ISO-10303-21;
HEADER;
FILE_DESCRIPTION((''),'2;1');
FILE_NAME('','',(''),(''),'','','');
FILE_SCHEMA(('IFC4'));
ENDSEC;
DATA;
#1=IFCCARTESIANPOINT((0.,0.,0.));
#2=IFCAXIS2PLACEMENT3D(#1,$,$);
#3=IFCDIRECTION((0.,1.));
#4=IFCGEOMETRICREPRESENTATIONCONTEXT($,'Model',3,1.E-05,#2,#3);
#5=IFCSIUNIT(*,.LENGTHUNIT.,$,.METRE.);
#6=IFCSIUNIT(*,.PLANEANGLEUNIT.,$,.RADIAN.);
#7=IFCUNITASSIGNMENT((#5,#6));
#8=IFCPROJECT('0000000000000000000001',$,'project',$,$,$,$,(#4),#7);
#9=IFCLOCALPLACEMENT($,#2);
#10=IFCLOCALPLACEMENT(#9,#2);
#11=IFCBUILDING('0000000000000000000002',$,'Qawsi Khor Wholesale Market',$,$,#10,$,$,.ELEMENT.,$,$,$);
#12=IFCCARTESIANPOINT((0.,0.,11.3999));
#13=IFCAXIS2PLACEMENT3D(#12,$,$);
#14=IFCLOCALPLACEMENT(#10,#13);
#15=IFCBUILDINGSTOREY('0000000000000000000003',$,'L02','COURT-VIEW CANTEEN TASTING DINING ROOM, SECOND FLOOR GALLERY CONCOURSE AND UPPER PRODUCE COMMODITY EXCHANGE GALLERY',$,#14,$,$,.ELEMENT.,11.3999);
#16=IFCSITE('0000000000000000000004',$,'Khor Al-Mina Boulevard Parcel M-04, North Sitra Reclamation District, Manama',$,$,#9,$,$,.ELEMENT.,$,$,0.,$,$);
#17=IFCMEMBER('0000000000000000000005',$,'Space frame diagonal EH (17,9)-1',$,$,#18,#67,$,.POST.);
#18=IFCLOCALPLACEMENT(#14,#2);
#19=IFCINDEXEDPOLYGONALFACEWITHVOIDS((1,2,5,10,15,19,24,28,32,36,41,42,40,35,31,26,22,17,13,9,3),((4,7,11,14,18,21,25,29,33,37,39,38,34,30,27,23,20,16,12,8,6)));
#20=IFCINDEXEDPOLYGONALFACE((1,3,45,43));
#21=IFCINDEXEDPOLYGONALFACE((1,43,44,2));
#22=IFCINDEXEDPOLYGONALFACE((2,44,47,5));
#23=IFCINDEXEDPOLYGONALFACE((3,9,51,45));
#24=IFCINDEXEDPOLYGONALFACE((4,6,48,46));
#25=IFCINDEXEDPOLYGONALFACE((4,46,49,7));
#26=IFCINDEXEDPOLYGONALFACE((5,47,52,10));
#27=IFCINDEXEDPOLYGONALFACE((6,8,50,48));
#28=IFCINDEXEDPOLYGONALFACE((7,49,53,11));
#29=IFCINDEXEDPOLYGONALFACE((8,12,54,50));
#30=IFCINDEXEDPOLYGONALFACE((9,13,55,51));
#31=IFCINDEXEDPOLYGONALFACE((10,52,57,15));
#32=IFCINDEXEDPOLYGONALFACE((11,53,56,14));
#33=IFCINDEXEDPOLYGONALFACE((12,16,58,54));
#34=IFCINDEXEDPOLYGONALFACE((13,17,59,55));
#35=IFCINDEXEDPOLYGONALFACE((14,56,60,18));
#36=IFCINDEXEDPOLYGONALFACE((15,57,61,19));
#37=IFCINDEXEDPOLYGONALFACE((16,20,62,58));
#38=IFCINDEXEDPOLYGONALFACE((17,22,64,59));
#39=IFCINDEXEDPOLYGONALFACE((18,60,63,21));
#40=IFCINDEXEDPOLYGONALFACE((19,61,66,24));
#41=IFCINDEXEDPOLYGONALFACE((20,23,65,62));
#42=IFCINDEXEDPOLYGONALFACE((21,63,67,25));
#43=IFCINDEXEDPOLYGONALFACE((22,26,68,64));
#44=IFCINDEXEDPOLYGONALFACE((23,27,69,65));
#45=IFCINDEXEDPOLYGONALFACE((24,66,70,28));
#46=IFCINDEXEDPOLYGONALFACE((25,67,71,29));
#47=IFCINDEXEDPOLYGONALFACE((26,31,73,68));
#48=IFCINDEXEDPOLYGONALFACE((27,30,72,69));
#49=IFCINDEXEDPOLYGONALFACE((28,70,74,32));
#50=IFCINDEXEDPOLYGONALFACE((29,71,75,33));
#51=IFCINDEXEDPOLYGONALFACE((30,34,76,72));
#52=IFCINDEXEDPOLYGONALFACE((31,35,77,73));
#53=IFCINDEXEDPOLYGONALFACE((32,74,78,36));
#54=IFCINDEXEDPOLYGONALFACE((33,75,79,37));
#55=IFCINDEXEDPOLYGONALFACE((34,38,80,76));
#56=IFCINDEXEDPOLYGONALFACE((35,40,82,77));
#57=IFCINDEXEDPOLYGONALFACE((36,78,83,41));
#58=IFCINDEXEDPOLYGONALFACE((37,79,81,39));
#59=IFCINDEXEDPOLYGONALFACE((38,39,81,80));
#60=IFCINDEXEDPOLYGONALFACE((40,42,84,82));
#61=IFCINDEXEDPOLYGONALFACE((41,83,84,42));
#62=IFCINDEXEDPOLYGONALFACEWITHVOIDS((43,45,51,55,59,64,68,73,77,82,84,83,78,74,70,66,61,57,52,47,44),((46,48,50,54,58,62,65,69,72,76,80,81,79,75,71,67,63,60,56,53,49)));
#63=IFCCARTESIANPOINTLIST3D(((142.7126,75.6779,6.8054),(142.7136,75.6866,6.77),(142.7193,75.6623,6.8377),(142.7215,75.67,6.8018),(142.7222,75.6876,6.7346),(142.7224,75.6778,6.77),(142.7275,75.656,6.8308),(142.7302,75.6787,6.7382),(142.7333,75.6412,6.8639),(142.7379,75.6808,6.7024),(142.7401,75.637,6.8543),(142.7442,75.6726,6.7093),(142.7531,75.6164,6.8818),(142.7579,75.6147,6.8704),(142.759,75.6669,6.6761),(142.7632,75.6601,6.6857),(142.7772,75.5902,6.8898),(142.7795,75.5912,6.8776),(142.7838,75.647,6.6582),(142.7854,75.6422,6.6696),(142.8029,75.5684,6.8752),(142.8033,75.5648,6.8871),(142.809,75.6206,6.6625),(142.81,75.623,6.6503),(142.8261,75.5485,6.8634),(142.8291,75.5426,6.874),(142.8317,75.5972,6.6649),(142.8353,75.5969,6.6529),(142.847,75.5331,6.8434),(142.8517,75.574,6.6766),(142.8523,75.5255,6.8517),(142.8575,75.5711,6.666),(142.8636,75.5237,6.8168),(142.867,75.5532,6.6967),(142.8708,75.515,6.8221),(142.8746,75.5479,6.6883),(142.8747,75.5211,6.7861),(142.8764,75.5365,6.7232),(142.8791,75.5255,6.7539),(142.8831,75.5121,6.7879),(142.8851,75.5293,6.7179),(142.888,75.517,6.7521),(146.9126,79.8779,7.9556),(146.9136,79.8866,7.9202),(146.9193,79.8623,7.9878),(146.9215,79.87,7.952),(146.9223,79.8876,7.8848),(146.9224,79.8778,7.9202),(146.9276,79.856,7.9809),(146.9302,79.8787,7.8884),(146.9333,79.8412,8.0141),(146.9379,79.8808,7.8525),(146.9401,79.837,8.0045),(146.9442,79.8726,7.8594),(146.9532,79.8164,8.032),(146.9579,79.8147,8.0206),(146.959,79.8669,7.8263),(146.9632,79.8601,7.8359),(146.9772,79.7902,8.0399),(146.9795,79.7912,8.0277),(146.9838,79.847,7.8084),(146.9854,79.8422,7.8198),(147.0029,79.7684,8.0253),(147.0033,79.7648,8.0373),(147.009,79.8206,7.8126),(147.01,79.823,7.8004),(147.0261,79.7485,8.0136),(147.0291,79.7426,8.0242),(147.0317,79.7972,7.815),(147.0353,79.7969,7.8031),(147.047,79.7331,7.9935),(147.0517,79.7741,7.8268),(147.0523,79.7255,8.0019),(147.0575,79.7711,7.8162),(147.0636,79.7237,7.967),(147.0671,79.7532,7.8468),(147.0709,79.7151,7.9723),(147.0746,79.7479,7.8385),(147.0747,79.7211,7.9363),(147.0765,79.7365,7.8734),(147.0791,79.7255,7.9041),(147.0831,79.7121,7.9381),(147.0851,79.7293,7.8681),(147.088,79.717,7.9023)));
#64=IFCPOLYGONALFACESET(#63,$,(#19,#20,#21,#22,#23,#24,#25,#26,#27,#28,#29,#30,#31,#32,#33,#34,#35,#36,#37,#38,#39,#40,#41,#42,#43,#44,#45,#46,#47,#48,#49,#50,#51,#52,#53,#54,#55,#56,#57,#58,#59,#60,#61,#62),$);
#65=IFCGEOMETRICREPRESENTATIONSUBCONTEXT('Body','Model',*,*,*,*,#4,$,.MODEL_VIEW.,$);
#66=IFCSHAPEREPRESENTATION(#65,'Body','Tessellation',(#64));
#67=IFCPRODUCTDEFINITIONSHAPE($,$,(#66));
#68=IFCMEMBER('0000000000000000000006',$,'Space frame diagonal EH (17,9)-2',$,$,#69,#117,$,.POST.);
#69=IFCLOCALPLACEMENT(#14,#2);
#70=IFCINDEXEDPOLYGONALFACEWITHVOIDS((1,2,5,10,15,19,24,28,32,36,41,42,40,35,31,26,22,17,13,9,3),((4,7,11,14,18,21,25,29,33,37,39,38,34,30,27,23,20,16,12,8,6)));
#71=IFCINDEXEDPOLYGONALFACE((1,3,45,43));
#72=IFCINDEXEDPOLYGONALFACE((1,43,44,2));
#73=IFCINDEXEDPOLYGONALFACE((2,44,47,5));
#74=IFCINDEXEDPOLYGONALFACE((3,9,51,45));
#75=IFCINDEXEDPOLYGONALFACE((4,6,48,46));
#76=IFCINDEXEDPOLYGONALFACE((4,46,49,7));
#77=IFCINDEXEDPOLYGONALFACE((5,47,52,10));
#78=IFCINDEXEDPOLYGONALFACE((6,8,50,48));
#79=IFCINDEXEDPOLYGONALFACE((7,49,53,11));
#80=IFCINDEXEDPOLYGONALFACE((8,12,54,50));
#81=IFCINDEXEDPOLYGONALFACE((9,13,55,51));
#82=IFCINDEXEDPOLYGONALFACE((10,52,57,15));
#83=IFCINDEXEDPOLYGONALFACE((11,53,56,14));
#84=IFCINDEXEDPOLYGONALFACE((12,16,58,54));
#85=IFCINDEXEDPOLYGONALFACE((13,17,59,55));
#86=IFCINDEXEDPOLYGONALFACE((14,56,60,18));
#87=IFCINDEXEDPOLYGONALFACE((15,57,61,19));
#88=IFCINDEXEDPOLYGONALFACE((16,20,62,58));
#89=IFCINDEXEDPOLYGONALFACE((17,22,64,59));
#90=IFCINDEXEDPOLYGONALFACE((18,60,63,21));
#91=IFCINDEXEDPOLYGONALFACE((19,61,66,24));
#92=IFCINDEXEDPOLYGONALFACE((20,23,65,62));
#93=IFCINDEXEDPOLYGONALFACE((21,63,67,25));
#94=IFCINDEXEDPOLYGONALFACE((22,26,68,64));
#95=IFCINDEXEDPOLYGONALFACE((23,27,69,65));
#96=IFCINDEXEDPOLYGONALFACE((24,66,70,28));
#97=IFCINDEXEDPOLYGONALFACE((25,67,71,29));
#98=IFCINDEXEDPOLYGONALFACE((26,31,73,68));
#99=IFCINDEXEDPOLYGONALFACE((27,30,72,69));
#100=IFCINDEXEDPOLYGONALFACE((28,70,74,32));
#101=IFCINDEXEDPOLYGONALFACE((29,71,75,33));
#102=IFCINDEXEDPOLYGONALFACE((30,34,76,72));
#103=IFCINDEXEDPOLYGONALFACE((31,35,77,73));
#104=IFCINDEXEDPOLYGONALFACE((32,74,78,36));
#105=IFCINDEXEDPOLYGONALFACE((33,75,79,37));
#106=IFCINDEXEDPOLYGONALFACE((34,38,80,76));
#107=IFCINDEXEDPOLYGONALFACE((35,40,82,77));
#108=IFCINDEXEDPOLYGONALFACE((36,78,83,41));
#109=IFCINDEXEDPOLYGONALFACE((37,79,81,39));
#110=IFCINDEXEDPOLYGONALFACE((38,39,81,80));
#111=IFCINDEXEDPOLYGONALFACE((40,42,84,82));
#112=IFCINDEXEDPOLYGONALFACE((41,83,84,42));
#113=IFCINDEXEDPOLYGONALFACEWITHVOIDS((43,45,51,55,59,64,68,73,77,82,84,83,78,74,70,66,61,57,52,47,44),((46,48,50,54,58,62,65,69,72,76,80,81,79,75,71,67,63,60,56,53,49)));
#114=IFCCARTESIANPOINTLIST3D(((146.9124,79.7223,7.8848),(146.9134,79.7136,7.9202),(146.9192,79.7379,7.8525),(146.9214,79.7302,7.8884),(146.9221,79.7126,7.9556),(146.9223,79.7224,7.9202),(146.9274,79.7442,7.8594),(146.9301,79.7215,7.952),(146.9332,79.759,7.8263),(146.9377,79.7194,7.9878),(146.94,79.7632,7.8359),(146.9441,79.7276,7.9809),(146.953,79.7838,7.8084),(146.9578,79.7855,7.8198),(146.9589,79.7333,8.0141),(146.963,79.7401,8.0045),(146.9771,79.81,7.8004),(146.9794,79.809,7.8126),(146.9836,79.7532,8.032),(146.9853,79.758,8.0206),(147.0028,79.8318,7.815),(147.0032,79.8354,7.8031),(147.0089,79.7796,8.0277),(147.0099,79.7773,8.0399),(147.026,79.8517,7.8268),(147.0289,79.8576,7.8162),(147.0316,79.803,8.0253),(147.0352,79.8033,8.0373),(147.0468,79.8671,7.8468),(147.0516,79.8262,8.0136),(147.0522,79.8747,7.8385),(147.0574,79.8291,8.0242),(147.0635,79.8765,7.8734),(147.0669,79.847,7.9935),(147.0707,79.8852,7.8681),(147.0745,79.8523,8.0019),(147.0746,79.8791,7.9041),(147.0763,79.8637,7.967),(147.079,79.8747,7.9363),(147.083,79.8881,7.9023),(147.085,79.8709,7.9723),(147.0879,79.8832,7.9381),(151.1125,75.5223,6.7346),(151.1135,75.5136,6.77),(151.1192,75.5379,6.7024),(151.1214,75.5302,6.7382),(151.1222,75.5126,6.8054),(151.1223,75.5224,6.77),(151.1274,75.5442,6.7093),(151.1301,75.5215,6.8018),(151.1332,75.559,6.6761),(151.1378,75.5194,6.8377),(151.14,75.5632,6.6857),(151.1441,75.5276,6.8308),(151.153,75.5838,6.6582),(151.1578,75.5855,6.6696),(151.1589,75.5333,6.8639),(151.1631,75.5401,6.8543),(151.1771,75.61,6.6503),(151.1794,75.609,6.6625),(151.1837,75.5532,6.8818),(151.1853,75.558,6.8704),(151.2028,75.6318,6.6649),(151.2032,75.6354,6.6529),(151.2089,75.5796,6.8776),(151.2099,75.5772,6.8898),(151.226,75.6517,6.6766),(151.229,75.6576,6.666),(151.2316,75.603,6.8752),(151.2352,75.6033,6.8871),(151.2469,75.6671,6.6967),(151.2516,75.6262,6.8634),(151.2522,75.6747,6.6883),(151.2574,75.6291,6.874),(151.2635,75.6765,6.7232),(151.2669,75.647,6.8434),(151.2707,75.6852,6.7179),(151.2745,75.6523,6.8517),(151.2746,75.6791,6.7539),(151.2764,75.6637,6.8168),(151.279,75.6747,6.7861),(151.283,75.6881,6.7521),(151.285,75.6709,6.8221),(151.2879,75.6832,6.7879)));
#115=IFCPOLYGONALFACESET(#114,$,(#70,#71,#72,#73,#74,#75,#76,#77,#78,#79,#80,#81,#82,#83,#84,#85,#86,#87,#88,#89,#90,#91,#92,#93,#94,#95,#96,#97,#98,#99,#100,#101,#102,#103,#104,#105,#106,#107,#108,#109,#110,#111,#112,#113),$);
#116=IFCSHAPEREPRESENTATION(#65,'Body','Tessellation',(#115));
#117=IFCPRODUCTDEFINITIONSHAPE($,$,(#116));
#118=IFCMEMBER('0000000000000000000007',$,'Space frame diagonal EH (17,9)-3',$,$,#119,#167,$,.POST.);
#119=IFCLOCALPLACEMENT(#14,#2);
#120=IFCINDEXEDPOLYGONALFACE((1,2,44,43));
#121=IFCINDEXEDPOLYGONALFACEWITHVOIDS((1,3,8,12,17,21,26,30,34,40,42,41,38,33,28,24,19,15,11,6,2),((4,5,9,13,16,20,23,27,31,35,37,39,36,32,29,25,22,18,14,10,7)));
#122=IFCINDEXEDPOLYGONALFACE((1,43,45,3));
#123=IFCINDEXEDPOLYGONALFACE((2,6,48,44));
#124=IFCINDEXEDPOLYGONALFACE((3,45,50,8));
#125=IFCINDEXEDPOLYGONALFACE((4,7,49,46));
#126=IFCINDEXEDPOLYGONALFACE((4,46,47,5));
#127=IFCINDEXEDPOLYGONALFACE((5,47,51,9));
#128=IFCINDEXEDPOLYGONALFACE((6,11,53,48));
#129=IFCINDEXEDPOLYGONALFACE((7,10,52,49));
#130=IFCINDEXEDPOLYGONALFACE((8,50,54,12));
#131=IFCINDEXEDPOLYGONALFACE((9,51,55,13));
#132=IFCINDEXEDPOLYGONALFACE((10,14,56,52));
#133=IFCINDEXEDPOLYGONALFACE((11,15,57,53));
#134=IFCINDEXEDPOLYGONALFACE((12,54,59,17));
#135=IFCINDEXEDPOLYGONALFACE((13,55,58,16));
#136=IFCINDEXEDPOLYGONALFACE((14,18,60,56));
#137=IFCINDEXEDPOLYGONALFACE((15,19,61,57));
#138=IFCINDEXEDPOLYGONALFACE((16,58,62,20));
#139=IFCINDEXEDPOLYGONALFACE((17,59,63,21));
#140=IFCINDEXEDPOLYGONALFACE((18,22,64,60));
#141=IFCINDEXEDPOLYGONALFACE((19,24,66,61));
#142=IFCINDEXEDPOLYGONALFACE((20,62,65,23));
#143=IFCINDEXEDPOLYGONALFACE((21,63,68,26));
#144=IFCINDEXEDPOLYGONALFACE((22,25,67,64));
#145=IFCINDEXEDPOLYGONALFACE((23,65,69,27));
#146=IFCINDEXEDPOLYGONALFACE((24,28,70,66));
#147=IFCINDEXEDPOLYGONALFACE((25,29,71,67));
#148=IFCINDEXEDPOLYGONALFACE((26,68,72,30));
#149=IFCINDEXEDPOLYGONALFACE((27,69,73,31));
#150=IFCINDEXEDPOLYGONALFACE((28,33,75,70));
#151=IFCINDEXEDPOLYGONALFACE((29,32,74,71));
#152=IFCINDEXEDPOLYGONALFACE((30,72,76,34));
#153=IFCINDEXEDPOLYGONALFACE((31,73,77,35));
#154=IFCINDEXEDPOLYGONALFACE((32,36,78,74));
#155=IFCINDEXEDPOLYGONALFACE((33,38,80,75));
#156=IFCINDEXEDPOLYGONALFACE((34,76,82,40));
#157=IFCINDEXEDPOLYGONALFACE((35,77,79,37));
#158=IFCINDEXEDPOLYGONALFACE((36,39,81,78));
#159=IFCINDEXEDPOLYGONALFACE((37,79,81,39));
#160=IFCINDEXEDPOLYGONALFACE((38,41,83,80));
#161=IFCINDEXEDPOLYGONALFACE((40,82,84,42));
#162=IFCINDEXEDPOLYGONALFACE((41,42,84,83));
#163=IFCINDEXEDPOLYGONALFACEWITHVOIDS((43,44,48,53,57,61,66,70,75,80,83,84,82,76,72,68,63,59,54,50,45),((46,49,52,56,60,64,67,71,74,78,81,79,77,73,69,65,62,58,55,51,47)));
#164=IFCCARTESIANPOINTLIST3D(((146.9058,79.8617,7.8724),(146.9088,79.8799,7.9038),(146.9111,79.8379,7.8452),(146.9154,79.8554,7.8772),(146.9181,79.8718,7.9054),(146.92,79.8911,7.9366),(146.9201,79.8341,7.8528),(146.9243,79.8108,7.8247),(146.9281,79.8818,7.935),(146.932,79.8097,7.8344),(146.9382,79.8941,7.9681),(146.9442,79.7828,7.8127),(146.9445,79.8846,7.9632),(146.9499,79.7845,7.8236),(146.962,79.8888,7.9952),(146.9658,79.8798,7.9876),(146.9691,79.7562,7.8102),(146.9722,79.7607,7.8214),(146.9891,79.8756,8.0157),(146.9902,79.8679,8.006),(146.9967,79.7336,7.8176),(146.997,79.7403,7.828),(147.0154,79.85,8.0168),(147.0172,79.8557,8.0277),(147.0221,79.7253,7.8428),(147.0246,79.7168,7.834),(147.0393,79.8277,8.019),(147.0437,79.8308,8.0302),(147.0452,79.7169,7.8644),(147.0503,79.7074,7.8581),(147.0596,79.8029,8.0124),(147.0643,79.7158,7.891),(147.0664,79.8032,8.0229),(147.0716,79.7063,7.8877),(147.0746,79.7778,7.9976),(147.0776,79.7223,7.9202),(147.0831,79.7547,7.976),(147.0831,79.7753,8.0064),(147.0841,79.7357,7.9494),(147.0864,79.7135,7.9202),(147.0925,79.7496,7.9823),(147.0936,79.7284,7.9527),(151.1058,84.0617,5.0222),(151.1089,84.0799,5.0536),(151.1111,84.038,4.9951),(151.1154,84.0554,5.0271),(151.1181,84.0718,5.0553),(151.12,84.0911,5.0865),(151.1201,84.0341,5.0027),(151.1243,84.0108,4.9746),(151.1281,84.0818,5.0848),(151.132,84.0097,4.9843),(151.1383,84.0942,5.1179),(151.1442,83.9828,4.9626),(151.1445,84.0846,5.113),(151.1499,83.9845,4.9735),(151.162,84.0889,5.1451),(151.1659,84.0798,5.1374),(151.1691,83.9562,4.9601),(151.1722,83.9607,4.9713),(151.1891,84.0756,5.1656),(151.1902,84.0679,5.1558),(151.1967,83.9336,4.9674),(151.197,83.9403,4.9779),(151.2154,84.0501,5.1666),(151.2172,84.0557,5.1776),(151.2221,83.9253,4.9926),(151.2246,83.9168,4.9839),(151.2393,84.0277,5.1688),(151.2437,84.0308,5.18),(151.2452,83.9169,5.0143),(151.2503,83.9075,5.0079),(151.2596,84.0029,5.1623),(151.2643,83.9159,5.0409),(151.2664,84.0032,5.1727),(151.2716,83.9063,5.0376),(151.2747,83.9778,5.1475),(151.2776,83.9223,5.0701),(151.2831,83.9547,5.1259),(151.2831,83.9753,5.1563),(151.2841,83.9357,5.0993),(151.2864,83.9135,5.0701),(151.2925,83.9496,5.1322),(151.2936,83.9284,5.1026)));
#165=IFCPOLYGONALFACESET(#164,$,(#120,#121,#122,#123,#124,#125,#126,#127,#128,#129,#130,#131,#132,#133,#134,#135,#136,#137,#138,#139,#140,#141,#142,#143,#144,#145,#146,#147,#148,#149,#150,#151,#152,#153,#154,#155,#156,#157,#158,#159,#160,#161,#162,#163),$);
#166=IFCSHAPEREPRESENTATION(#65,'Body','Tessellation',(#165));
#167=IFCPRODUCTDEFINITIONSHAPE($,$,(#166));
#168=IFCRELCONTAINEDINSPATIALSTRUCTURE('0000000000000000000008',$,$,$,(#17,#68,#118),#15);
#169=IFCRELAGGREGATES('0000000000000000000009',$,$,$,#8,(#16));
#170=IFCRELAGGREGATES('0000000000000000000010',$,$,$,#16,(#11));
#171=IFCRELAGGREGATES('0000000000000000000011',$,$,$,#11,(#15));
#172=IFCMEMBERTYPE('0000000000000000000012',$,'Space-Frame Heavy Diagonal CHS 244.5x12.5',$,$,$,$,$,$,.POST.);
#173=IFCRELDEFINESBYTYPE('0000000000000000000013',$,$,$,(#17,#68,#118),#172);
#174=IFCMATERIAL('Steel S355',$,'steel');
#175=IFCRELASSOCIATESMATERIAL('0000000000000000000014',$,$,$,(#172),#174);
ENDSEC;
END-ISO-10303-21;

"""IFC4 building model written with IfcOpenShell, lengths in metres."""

from ifc_helpers import new_model, si_unit, direction, frame, origin, origin_2d, place, context, subcontext, project, spatial, hollow_circle, extrude, material, material_profile, profile_set, type_object, element, save


model = new_model("IFC4")

# Units and contexts
model_context = context("Model", 3, precision=1e-05, world=origin(), true_north=direction((0.0, 1.0)))
body_context = subcontext(model_context, "Body", "Model", "MODEL_VIEW")
ifc_project = project(units=[si_unit("LENGTHUNIT", "METRE"), si_unit("PLANEANGLEUNIT", "RADIAN")], contexts=[model_context])

# Site, building, storey
site_placement = place(None, origin())
site = spatial("IfcSite", under=ifc_project, at=site_placement, Name="Khor Al-Mina Boulevard Parcel M-04, North Sitra Reclamation District, Manama", CompositionType="ELEMENT", RefElevation=0.0)
building_placement = place(site_placement, origin())
building = spatial("IfcBuilding", under=site, at=building_placement, Name="Qawsi Khor Wholesale Market", CompositionType="ELEMENT")
storey_placement = place(building_placement, frame((0.0, 0.0, 11.3999)))
storey = spatial("IfcBuildingStorey", under=building, at=storey_placement, Name="L02", Description="COURT-VIEW CANTEEN TASTING DINING ROOM, SECOND FLOOR GALLERY CONCOURSE AND UPPER PRODUCE COMMODITY EXCHANGE GALLERY", CompositionType="ELEMENT", Elevation=11.3999)

# Members
ifc_material_1 = material(Name="Steel S355", Category="steel")
ifc_material_profile_1 = material_profile(ifc_material_1, hollow_circle(Radius=0.1223, WallThickness=0.0125, at=origin_2d()), Name="CHS 244.5x12.5")
ifc_profile_set_1 = profile_set([ifc_material_profile_1], Name="Steel S355")
member_type_1 = type_object("IfcMemberType", Name="Space-Frame Heavy Diagonal CHS 244.5x12.5", PredefinedType="POST", material=ifc_profile_set_1)
for number, where, z_axis, x_axis, name in (
    (1, (142.8, 75.6001, 6.77), (0.694211, 0.694211, 0.190108), (-0.707107, 0.707107, 0.0), "Space frame diagonal EH (17,9)-1"),
    (2, (151.2, 75.6001, 6.77), (-0.694211, 0.694211, 0.190108), (-0.707107, -0.707107, 0.0), "Space frame diagonal EH (17,9)-2"),
):
    element("IfcMember", number, at=place(storey_placement, frame(where, z_axis=z_axis, x_axis=x_axis)), inside=storey, type_object=member_type_1, Name=name, PredefinedType="POST", context=body_context, shape_type="SweptSolid", body=[
        extrude(hollow_circle(Radius=0.1223, WallThickness=0.0125, at=origin_2d()), origin(), (0.0, 0.0, 1.0), 6.05),
    ])
for number, where, z_axis, x_axis, name in (
    (3, (151.2, 84.0, 5.0701), (-0.637512, -0.637512, 0.432617), (0.707107, -0.707107, 0.0), "Space frame diagonal EH (17,9)-3"),
):
    element("IfcMember", number, at=place(storey_placement, frame(where, z_axis=z_axis, x_axis=x_axis)), inside=storey, type_object=member_type_1, Name=name, PredefinedType="POST", context=body_context, shape_type="SweptSolid", body=[
        extrude(hollow_circle(Radius=0.1223, WallThickness=0.0125, at=origin_2d()), origin(), (0.0, 0.0, 1.0), 6.5881),
    ])

save(model, "model.ifc")
